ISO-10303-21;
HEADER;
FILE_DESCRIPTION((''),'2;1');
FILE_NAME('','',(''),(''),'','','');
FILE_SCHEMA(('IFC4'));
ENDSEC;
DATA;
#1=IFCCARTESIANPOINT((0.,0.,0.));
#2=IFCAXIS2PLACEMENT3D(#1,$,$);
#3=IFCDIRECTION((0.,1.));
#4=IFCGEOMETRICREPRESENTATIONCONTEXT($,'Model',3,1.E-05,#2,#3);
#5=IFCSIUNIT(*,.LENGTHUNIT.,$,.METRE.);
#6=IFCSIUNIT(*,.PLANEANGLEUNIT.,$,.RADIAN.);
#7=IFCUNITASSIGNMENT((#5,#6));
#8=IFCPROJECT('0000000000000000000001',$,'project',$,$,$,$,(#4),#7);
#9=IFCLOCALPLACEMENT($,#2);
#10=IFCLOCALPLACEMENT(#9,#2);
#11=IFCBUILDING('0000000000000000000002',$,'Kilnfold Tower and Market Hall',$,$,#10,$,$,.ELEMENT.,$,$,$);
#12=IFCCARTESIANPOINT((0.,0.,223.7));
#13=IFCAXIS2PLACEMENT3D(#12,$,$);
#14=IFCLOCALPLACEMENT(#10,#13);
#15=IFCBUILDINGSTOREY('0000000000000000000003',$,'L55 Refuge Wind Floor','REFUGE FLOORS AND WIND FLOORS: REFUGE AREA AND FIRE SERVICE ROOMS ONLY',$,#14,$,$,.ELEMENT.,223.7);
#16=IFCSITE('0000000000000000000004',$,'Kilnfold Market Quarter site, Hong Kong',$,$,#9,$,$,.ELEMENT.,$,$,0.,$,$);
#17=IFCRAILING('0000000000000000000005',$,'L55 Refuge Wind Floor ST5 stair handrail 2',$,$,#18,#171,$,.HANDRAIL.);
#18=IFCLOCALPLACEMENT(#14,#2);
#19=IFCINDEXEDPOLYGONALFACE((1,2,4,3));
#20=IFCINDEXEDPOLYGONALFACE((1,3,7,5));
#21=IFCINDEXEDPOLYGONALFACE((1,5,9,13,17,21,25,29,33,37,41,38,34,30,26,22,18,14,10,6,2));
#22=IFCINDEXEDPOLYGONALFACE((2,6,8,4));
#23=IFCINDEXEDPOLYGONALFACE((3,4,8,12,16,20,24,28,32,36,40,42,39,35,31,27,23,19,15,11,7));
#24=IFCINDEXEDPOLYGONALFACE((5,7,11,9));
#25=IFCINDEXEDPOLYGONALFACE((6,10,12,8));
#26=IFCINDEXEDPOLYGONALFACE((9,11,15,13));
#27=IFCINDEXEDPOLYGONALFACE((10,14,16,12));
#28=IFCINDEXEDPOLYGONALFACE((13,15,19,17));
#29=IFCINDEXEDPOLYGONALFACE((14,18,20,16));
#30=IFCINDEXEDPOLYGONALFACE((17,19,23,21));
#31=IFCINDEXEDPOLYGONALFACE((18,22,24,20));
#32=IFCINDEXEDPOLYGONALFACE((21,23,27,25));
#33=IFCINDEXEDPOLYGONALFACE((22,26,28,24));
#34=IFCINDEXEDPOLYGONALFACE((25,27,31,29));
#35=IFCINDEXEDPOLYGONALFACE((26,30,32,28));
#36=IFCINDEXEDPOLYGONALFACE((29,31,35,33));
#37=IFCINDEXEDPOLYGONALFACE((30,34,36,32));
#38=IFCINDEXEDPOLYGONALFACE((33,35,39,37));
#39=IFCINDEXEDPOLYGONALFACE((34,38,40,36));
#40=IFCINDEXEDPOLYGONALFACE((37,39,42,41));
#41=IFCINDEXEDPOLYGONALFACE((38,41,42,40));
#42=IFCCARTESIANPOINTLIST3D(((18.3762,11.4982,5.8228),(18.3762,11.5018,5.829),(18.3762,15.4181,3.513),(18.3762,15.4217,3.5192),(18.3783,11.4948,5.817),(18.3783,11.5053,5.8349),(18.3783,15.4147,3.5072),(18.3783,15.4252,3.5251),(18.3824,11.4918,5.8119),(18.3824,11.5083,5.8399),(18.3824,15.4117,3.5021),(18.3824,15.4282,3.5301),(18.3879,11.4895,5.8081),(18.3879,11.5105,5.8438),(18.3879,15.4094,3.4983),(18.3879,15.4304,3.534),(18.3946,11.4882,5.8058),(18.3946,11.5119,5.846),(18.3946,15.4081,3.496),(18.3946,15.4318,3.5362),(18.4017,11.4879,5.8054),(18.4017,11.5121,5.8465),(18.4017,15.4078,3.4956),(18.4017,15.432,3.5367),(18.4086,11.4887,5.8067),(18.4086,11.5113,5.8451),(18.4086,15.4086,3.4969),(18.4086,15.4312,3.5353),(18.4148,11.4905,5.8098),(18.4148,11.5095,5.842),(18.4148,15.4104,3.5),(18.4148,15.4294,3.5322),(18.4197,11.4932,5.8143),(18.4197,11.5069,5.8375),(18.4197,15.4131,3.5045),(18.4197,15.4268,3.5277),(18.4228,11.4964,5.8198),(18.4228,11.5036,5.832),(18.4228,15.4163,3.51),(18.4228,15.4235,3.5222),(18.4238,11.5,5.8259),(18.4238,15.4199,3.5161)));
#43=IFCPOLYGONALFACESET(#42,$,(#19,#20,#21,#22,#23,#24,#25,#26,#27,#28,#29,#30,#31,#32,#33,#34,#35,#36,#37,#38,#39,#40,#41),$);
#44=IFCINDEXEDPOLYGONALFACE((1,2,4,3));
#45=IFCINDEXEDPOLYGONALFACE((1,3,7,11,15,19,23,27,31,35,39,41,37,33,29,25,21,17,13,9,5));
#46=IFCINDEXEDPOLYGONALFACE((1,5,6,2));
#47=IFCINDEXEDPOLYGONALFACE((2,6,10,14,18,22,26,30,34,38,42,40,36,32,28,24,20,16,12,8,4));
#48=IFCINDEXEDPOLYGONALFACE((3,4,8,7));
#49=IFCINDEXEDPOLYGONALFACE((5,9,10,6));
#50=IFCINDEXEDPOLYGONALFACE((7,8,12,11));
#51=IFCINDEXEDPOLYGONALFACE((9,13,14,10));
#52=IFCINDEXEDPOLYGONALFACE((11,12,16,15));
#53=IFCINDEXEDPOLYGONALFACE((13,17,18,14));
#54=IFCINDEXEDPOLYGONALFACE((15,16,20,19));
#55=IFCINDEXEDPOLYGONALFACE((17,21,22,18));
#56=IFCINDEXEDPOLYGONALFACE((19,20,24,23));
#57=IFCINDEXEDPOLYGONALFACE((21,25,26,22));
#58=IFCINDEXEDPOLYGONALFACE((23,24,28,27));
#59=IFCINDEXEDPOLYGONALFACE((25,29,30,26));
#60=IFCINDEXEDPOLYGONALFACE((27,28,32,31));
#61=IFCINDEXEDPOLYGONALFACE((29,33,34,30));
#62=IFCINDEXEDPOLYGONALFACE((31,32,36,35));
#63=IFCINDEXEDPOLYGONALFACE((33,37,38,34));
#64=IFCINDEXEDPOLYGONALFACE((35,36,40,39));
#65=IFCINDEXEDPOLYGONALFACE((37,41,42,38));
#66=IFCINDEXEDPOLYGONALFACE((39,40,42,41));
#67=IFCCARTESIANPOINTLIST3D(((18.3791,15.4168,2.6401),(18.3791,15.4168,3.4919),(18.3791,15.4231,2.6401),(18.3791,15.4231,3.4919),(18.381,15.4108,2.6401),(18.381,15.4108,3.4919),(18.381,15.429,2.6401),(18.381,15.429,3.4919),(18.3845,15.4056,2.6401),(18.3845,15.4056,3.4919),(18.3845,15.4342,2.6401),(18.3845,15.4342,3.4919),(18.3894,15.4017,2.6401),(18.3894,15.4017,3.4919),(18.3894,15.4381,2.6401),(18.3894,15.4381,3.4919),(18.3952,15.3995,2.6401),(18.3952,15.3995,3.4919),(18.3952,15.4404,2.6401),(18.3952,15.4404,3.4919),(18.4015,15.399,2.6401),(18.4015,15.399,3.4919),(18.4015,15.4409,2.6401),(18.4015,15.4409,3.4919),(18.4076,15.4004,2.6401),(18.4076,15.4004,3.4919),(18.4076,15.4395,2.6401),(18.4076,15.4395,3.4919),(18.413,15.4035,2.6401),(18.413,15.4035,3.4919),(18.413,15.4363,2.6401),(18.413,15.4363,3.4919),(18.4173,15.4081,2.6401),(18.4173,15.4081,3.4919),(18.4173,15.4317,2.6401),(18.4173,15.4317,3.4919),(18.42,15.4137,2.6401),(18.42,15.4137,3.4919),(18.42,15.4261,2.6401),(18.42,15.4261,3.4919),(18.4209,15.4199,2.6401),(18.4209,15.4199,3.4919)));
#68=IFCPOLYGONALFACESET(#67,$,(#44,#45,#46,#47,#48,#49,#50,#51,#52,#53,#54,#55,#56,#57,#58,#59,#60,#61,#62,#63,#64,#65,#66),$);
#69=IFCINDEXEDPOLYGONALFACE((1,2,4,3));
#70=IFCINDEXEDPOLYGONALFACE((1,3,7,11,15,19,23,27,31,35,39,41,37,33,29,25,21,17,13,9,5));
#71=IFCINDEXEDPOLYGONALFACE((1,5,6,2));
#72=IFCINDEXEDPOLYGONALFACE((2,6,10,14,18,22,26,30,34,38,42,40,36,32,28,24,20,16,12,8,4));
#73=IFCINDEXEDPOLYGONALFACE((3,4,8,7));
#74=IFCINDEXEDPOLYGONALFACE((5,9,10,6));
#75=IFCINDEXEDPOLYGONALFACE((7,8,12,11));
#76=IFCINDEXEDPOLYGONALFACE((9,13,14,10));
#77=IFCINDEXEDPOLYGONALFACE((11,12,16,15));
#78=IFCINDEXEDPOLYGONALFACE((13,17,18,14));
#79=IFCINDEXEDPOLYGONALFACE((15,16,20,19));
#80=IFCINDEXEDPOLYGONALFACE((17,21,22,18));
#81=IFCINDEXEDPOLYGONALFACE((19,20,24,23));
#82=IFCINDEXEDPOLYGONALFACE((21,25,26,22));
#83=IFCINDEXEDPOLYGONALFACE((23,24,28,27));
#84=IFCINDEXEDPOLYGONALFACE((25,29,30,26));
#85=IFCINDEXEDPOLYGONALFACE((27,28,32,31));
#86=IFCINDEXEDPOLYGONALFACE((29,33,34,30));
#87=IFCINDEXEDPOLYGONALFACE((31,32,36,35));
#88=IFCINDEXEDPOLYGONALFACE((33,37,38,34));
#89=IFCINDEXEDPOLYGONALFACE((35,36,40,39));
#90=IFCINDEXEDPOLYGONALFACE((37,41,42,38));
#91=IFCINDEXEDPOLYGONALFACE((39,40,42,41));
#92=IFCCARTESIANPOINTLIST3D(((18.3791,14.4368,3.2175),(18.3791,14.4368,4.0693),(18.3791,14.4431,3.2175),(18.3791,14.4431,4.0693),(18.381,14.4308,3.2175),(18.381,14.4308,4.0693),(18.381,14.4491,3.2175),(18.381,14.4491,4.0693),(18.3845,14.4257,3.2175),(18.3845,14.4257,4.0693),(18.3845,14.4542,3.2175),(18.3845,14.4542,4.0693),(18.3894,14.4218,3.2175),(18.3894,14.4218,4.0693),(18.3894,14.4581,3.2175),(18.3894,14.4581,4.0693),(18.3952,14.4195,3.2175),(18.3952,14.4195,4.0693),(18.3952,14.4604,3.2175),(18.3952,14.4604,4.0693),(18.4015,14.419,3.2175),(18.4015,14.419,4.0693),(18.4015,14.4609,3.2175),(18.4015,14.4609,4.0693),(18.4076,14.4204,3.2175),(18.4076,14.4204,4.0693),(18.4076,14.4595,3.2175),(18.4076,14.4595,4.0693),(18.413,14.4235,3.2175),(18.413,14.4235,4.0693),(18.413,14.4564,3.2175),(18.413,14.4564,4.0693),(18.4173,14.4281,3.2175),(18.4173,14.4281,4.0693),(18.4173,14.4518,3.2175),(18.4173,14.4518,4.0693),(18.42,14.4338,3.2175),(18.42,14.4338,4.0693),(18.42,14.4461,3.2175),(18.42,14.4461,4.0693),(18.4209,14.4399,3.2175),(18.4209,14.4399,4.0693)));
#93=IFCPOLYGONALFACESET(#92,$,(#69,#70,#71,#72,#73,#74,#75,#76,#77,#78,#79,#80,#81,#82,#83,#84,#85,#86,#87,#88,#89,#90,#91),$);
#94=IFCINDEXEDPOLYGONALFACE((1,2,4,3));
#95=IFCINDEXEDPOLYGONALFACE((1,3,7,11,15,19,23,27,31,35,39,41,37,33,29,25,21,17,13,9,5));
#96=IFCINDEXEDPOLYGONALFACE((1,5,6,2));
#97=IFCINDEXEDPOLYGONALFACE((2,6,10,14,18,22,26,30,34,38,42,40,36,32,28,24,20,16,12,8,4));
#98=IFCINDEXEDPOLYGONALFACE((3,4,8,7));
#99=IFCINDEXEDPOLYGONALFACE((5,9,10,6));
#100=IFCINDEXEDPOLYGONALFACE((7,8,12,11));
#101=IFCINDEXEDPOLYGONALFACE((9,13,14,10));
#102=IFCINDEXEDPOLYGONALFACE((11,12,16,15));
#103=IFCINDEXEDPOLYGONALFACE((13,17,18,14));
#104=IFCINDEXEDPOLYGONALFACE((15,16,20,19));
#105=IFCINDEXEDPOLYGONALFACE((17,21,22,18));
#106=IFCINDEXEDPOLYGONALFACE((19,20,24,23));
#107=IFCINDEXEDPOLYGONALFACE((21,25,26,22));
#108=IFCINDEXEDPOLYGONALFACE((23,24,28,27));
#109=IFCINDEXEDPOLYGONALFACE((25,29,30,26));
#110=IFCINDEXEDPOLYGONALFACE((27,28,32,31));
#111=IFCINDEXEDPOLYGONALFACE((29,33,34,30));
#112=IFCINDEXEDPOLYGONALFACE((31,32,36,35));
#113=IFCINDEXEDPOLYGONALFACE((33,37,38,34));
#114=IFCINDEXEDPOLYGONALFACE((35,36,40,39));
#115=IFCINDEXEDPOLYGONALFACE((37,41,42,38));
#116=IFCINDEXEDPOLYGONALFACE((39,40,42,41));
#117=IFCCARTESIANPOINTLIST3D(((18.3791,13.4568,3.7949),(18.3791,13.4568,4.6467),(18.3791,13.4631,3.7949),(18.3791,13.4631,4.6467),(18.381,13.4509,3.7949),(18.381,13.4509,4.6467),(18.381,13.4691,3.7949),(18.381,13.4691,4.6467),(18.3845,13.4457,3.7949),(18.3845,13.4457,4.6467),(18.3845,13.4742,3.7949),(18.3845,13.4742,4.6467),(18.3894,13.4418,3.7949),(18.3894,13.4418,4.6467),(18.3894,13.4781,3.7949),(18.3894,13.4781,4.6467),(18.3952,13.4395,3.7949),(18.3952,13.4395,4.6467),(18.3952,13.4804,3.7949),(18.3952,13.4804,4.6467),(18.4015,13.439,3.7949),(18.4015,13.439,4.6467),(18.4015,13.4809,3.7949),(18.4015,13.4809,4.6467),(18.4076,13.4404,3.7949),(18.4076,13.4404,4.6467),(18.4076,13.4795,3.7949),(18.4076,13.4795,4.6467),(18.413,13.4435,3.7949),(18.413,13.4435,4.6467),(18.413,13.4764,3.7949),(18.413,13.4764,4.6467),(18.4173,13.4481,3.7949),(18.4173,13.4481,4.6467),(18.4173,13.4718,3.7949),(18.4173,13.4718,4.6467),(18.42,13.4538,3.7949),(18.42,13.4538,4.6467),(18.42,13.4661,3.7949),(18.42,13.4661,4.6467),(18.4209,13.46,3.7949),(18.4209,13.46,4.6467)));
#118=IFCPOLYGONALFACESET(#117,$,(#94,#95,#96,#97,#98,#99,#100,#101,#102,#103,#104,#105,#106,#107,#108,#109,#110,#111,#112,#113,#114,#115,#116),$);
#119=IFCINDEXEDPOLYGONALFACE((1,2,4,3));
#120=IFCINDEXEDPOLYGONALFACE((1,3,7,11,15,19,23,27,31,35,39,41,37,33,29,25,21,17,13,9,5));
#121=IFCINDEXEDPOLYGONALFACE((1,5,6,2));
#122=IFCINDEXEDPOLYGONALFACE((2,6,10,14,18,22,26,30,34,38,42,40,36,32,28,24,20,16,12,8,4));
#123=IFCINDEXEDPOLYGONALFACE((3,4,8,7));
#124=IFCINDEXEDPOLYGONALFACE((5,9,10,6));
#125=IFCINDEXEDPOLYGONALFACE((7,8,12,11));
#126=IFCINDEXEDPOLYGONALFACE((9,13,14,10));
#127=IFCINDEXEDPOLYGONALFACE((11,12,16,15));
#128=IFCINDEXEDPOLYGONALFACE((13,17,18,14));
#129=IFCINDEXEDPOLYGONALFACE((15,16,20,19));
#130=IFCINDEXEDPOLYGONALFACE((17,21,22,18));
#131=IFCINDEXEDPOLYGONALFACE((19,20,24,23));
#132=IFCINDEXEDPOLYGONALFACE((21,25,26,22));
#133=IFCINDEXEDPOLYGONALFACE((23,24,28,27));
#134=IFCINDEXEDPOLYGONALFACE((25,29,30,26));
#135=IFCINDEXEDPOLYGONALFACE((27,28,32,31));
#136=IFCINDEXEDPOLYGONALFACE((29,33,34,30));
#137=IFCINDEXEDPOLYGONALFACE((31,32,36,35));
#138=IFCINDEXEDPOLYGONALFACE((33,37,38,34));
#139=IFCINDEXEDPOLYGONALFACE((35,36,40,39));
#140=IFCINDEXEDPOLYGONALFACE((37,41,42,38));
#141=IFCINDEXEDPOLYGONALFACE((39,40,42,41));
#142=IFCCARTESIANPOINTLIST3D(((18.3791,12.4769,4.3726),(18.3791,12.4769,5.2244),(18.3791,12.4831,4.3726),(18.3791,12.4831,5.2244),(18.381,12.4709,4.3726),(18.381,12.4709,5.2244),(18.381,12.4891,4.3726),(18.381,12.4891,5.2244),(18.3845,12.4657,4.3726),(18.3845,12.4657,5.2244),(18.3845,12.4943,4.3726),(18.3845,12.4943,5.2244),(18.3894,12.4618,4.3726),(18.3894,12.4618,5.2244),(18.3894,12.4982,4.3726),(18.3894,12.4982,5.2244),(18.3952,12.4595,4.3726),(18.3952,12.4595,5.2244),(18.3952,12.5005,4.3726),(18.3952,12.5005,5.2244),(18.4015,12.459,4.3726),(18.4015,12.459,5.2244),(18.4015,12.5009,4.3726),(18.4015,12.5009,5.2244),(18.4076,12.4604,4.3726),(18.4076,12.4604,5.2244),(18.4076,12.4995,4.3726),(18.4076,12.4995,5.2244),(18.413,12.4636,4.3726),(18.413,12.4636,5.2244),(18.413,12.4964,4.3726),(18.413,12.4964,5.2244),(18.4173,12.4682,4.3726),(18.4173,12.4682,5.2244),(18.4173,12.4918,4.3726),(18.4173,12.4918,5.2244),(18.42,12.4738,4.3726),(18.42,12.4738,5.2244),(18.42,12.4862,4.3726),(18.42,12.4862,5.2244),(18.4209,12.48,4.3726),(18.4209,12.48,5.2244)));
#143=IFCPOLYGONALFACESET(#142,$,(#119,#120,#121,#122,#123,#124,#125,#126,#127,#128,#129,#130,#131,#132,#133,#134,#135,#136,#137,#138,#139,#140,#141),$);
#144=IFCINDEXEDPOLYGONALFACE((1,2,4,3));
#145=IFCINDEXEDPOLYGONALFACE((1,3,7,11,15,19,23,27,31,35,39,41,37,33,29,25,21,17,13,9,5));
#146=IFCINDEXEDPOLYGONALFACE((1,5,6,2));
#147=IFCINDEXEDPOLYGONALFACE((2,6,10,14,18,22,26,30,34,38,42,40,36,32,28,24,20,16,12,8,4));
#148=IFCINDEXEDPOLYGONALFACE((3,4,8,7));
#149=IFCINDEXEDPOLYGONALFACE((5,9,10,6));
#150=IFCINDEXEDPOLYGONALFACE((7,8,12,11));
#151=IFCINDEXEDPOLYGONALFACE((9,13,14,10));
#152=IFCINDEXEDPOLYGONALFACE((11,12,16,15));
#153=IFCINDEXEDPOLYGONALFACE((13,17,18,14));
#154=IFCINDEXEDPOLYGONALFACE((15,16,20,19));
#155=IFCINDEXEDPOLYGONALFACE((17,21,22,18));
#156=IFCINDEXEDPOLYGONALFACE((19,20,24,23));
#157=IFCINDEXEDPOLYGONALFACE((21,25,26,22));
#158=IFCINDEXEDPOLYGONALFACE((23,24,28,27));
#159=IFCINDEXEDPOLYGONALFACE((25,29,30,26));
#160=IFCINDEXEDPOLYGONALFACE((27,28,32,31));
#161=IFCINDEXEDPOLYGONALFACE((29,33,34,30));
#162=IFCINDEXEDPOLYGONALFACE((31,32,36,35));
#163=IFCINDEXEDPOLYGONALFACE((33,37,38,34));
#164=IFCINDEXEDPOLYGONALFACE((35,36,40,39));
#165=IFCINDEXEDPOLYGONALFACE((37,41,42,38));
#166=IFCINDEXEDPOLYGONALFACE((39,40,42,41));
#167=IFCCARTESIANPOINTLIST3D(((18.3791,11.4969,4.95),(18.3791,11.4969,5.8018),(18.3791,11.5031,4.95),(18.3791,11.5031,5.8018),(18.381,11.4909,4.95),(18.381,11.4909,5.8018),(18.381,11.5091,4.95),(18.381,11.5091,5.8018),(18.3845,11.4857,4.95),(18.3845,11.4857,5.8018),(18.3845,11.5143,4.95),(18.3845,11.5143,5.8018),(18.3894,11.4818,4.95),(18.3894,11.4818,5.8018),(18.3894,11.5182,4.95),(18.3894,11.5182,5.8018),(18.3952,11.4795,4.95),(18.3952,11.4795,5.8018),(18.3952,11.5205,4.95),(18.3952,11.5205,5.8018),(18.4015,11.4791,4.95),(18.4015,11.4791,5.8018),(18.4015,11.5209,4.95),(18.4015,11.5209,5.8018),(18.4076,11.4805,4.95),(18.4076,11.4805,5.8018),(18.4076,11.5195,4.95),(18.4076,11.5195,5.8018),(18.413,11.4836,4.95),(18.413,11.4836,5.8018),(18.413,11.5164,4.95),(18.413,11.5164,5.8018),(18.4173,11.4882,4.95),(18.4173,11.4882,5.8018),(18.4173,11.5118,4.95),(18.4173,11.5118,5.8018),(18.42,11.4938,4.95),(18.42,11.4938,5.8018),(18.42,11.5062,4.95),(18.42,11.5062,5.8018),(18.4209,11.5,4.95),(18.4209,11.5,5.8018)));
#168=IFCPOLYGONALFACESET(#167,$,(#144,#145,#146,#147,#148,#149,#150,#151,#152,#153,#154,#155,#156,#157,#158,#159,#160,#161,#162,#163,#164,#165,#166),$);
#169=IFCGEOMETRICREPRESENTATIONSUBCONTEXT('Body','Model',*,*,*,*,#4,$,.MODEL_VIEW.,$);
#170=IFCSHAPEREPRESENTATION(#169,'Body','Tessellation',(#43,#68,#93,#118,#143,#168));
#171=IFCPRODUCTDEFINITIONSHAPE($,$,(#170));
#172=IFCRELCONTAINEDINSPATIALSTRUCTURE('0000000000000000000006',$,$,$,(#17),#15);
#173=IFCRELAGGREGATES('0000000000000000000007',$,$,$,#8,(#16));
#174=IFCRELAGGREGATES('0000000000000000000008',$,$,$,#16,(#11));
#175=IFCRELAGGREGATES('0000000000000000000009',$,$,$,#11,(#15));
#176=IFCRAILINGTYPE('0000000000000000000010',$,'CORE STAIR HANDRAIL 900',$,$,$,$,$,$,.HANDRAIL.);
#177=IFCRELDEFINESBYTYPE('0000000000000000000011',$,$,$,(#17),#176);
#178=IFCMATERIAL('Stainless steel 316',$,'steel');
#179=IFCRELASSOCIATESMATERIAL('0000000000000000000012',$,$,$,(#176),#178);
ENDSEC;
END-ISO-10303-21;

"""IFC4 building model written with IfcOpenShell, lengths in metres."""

from ifc_helpers import new_model, si_unit, direction, frame, origin, origin_2d, place, context, subcontext, project, spatial, circle, extrude, material, type_object, element, save


model = new_model("IFC4")

# Units and contexts
model_context = context("Model", 3, precision=1e-05, world=origin(), true_north=direction((0.0, 1.0)))
body_context = subcontext(model_context, "Body", "Model", "MODEL_VIEW")
ifc_project = project(units=[si_unit("LENGTHUNIT", "METRE"), si_unit("PLANEANGLEUNIT", "RADIAN")], contexts=[model_context])

# Site, building, storey
site_placement = place(None, origin())
site = spatial("IfcSite", under=ifc_project, at=site_placement, Name="Kilnfold Market Quarter site, Hong Kong", CompositionType="ELEMENT", RefElevation=0.0)
building_placement = place(site_placement, origin())
building = spatial("IfcBuilding", under=site, at=building_placement, Name="Kilnfold Tower and Market Hall", CompositionType="ELEMENT")
storey_placement = place(building_placement, frame((0.0, 0.0, 223.7)))
storey = spatial("IfcBuildingStorey", under=building, at=storey_placement, Name="L55 Refuge Wind Floor", Description="REFUGE FLOORS AND WIND FLOORS: REFUGE AREA AND FIRE SERVICE ROOMS ONLY", CompositionType="ELEMENT", Elevation=223.7)

# Railing
ifc_material_1 = material(Name="Stainless steel 316", Category="steel")
railing_type_1 = type_object("IfcRailingType", Name="CORE STAIR HANDRAIL 900", PredefinedType="HANDRAIL", material=ifc_material_1)
railing_1_placement = place(storey_placement, frame((18.3999, 15.4199, 2.6401)))
element("IfcRailing", 1, at=railing_1_placement, inside=storey, type_object=railing_type_1, Name="L55 Refuge Wind Floor ST5 stair handrail 2", PredefinedType="HANDRAIL", context=body_context, shape_type="SweptSolid", body=[
    extrude(circle(Radius=0.0239, at=origin_2d()), frame((0.0, 0.0, 0.876), z_axis=(0.0, -0.861552, 0.50767), x_axis=(1.0, 0.0, 0.0)), (0.0, 0.0, 1.0), 4.5498),
    extrude(circle(Radius=0.021, at=origin_2d()), origin(), (0.0, 0.0, 1.0), 0.8518),
    extrude(circle(Radius=0.021, at=origin_2d()), frame((0.0, -0.98, 0.5774)), (0.0, 0.0, 1.0), 0.8518),
    extrude(circle(Radius=0.021, at=origin_2d()), frame((0.0, -1.96, 1.1548)), (0.0, 0.0, 1.0), 0.8518),
    extrude(circle(Radius=0.021, at=origin_2d()), frame((0.0, -2.9399, 1.7324)), (0.0, 0.0, 1.0), 0.8518),
    extrude(circle(Radius=0.021, at=origin_2d()), frame((0.0, -3.9199, 2.3098)), (0.0, 0.0, 1.0), 0.8518),
])

save(model, "model.ifc")
